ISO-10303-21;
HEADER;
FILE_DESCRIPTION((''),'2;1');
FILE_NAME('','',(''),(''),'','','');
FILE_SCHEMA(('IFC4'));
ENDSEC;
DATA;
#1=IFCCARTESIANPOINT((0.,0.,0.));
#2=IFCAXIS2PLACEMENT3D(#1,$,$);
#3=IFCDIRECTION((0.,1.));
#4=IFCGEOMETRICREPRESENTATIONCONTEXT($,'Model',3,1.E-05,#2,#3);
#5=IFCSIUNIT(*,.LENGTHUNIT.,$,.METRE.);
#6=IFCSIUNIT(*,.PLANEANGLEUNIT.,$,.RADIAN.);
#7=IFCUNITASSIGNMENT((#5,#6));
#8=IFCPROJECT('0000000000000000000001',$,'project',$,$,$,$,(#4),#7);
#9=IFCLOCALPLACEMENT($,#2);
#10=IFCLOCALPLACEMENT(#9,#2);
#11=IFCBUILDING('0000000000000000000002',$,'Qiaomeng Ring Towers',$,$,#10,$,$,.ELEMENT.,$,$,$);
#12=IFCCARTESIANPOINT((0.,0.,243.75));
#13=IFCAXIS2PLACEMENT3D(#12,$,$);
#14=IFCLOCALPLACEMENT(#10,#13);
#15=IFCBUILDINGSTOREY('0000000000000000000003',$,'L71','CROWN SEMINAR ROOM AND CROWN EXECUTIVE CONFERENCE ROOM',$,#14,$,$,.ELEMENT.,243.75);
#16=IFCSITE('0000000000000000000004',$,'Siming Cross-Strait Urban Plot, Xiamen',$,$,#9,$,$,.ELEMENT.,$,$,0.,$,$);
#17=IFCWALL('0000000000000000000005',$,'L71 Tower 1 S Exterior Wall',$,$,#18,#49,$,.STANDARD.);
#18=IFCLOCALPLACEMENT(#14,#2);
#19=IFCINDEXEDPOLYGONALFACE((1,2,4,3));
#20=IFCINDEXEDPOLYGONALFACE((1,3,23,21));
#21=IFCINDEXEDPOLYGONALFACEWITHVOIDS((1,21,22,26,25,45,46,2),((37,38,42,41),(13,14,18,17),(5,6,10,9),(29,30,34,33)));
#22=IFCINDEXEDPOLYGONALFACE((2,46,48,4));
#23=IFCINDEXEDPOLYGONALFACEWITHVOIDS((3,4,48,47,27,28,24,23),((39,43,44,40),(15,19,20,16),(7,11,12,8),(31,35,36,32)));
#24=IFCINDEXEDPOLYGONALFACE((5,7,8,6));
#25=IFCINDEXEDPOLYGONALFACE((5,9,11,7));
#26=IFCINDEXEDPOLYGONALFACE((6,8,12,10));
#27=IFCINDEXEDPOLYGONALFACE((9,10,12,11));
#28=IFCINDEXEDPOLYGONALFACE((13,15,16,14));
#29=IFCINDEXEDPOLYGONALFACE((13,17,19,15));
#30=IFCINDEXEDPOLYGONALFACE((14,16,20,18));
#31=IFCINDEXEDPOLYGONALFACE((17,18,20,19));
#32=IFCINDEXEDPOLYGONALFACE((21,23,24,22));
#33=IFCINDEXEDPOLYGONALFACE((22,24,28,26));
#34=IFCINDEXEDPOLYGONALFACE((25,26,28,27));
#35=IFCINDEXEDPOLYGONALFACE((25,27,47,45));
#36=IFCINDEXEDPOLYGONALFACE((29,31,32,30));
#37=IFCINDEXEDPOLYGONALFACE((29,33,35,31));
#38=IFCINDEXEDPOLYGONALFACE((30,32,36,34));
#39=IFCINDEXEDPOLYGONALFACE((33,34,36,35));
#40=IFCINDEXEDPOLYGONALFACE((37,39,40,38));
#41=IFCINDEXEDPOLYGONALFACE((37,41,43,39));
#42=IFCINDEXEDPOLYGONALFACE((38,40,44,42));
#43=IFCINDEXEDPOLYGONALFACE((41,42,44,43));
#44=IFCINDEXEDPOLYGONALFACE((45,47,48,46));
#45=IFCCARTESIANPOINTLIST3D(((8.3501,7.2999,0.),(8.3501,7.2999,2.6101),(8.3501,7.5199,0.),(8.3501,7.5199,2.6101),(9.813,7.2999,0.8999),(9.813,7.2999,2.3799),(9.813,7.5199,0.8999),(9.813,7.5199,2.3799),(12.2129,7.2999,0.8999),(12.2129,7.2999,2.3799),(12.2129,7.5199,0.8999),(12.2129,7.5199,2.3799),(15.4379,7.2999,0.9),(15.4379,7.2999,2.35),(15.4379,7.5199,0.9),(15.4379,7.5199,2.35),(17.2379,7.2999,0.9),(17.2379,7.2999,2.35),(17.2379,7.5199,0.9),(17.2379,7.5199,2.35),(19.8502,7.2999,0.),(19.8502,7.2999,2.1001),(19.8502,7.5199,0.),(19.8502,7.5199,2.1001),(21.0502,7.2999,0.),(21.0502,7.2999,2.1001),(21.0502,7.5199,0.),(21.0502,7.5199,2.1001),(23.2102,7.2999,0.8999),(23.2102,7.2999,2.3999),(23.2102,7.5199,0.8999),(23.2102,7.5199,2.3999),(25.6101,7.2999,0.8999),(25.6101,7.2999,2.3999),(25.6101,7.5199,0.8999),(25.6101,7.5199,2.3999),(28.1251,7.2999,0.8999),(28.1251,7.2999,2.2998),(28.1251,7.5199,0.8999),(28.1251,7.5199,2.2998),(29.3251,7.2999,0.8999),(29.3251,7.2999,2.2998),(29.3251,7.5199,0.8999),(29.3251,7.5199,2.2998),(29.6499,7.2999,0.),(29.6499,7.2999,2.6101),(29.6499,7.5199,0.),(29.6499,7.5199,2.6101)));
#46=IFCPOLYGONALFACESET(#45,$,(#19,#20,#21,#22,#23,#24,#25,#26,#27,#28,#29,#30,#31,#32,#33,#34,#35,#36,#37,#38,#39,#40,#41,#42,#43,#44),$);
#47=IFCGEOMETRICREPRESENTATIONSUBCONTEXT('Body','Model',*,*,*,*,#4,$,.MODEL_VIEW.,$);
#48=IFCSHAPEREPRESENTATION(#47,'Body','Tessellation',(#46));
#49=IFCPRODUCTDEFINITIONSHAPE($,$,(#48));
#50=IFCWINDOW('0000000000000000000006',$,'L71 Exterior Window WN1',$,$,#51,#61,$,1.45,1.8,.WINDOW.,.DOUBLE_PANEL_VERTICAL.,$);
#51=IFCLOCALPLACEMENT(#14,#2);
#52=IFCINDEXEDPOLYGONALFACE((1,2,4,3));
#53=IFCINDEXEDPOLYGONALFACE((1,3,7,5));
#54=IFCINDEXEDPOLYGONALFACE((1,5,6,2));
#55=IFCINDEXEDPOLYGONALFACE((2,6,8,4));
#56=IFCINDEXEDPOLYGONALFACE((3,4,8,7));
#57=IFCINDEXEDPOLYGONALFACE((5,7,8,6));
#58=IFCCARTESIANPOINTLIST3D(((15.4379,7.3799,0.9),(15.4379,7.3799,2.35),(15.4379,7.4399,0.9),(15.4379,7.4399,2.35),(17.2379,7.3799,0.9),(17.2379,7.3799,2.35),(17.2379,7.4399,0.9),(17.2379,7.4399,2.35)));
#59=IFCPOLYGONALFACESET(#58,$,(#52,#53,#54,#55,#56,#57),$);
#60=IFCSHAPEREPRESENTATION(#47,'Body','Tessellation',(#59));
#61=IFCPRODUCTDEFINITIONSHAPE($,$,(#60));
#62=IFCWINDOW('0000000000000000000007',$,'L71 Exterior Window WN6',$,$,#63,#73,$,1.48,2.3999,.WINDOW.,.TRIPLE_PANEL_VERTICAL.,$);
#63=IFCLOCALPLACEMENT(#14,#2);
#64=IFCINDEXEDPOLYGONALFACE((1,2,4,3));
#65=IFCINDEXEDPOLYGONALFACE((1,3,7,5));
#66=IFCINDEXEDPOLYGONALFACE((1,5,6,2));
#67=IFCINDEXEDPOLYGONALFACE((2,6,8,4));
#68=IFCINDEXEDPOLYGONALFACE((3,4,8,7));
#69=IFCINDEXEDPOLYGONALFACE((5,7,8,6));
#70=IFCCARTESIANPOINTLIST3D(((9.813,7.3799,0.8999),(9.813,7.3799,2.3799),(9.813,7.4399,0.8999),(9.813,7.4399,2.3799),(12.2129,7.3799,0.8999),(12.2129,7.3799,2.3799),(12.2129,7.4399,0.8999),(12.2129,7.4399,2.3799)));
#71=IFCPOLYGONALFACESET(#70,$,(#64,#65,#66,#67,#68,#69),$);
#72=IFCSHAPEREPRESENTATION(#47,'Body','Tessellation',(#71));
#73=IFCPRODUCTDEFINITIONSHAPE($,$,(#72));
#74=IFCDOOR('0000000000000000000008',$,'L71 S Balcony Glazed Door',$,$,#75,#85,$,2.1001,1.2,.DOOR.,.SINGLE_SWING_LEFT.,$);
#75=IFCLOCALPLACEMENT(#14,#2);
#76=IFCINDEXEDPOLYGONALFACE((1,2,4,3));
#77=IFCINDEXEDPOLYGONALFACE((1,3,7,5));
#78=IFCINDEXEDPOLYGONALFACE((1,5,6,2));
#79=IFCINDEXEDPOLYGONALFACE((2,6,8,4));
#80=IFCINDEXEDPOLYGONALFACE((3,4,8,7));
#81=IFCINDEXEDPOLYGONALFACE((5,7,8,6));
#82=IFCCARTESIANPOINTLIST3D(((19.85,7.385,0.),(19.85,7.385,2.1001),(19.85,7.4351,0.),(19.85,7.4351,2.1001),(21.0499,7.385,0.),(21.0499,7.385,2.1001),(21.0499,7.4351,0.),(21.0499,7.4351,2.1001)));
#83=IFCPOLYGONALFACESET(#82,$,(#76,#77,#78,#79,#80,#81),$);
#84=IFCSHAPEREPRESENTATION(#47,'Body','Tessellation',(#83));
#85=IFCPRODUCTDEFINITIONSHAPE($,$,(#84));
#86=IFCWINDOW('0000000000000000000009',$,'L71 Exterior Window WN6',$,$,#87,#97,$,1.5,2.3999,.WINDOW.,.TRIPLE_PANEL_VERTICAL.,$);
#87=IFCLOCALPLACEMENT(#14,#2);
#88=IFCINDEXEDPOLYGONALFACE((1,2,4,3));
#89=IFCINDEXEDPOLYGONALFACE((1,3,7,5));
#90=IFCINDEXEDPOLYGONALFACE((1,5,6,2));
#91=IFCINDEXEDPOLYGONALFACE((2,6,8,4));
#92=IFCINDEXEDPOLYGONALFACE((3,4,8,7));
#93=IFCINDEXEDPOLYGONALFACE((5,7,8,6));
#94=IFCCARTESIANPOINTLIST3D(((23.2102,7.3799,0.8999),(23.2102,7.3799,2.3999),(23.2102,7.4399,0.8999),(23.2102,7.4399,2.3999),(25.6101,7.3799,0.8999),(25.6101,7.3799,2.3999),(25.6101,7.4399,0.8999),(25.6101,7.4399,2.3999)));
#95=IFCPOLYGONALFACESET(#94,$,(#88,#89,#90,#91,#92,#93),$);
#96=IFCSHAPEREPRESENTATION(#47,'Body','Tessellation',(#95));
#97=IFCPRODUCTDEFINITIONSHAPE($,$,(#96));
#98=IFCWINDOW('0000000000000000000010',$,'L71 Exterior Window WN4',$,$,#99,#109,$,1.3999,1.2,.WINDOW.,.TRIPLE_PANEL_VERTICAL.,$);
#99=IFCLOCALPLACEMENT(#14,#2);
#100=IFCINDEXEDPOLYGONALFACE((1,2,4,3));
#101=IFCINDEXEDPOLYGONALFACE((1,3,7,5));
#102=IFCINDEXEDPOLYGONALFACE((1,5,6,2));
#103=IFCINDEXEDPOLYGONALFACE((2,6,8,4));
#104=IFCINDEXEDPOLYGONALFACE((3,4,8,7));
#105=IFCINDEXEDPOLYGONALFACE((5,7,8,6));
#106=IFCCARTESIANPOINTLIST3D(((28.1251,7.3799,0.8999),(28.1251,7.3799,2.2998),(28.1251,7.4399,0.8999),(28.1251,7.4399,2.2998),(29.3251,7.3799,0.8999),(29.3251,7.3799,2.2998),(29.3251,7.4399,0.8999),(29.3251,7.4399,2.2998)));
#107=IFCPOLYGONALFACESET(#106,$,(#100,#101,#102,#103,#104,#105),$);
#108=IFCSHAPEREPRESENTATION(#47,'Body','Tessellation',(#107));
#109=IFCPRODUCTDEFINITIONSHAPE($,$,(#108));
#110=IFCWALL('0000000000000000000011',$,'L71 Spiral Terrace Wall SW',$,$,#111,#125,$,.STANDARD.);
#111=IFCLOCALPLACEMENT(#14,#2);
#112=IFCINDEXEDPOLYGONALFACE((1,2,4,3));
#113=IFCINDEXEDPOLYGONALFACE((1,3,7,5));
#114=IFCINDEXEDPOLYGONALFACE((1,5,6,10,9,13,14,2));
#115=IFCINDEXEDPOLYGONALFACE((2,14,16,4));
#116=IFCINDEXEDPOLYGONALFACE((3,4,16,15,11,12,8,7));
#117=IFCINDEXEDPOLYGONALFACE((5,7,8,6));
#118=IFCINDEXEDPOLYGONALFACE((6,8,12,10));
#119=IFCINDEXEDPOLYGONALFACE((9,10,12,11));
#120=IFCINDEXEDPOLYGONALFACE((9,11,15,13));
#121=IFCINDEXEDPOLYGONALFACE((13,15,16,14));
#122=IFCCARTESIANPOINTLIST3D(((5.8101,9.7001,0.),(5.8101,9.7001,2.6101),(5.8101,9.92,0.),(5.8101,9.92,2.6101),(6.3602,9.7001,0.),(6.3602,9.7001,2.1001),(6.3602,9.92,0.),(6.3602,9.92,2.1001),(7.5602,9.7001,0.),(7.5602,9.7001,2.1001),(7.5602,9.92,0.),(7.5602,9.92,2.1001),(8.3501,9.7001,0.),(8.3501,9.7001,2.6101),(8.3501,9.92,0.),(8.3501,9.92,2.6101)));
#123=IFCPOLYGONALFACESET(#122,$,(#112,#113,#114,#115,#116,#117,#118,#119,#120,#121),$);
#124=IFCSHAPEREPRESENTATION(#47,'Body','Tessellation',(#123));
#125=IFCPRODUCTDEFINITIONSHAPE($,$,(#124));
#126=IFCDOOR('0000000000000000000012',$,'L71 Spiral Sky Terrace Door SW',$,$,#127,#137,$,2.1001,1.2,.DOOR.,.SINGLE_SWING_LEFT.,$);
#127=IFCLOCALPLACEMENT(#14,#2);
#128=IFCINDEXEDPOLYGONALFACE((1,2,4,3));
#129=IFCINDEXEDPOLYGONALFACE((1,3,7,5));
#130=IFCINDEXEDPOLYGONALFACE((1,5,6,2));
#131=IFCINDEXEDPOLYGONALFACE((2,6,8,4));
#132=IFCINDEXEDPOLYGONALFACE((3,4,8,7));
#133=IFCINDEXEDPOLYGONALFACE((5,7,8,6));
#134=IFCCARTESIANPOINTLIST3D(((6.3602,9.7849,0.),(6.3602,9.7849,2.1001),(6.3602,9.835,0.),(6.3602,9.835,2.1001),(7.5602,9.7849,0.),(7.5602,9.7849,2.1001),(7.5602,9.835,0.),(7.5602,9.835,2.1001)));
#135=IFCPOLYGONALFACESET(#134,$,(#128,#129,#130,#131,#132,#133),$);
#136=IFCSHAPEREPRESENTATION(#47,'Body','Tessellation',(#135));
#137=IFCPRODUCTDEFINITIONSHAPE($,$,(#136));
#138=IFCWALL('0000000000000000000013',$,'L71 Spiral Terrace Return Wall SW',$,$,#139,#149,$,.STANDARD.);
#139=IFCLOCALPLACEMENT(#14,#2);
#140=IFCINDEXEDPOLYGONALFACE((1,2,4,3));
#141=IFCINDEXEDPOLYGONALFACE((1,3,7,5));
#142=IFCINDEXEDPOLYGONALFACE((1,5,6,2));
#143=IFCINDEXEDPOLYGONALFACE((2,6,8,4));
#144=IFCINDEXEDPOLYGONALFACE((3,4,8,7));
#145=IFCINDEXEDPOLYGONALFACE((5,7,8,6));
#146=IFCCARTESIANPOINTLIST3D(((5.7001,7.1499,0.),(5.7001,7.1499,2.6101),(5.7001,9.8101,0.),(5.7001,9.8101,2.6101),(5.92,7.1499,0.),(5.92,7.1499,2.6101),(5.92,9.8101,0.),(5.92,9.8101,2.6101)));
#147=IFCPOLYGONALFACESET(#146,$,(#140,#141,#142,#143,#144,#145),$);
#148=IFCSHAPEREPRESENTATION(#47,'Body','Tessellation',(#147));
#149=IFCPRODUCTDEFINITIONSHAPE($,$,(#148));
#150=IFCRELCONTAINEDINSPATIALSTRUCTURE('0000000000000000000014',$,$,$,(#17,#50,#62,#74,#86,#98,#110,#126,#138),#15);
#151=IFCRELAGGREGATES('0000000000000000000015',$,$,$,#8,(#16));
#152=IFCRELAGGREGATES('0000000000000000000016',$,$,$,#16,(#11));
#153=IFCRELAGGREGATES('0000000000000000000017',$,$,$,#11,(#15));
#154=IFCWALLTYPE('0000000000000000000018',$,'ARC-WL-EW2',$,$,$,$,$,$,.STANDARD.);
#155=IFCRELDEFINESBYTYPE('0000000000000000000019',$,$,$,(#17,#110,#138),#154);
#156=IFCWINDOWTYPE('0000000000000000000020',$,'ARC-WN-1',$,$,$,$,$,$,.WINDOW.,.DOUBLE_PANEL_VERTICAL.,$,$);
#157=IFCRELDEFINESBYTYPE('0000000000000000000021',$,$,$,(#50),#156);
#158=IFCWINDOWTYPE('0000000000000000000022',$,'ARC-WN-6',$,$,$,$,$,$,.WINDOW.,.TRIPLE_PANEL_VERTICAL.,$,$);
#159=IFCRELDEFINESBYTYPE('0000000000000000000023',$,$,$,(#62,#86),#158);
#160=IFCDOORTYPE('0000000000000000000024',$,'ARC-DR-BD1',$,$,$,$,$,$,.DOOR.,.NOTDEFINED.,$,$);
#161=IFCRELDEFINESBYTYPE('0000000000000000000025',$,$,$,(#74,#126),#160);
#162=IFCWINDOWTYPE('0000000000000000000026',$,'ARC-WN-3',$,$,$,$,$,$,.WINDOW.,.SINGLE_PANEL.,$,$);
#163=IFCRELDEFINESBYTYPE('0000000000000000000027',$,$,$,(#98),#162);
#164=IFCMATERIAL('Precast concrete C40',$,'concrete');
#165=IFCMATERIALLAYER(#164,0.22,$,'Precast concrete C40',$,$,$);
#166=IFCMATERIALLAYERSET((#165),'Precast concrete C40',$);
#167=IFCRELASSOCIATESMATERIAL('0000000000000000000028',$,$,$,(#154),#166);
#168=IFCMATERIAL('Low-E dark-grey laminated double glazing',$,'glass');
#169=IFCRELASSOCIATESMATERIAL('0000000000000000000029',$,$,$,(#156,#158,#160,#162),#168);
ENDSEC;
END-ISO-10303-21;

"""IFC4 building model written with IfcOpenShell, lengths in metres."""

from ifc_helpers import new_model, si_unit, direction, frame, frame_2d, origin, place, context, subcontext, project, spatial, rectangle, extrude, source, transform, mapped, material, layer, layer_set, type_object, element, fill, save


model = new_model("IFC4")

# Units and contexts
model_context = context("Model", 3, precision=1e-05, world=origin(), true_north=direction((0.0, 1.0)))
body_context = subcontext(model_context, "Body", "Model", "MODEL_VIEW")
ifc_project = project(units=[si_unit("LENGTHUNIT", "METRE"), si_unit("PLANEANGLEUNIT", "RADIAN")], contexts=[model_context])

# Site, building, storey
site_placement = place(None, origin())
site = spatial("IfcSite", under=ifc_project, at=site_placement, Name="Siming Cross-Strait Urban Plot, Xiamen", CompositionType="ELEMENT", RefElevation=0.0)
building_placement = place(site_placement, origin())
building = spatial("IfcBuilding", under=site, at=building_placement, Name="Qiaomeng Ring Towers", CompositionType="ELEMENT")
storey_placement = place(building_placement, frame((0.0, 0.0, 243.75)))
storey = spatial("IfcBuildingStorey", under=building, at=storey_placement, Name="L71", Description="CROWN SEMINAR ROOM AND CROWN EXECUTIVE CONFERENCE ROOM", CompositionType="ELEMENT", Elevation=243.75)

# Wall, openings, windows, door
ifc_material_1 = material(Name="Precast concrete C40", Category="concrete")
ifc_layer_1 = layer(ifc_material_1, 0.22, Name="Precast concrete C40")
ifc_layer_set_1 = layer_set([ifc_layer_1], Name="Precast concrete C40")
wall_type_1 = type_object("IfcWallType", Name="ARC-WL-EW2", PredefinedType="STANDARD", material=ifc_layer_set_1)
wall_1_placement = place(storey_placement, frame((8.3501, 7.4099, 0.0), z_axis=(0.0, 0.0, 1.0), x_axis=(1.0, 0.0, 0.0)))
wall_1 = element("IfcWall", 1, at=wall_1_placement, inside=storey, type_object=wall_type_1, Name="L71 Tower 1 S Exterior Wall", PredefinedType="STANDARD", context=body_context, shape_type="SweptSolid", body=[
    extrude(rectangle(XDim=21.2998, YDim=0.22, at=frame_2d((10.6499, 0.0))), origin(), (0.0, 0.0, 1.0), 2.6101),
])
opening_1_placement = place(wall_1_placement, frame((11.5, 0.0, 0.0)))
opening_1 = element("IfcOpeningElement", 2, at=opening_1_placement, cuts=wall_1, PredefinedType="OPENING", context=body_context, shape_type="SweptSolid", body=[
    extrude(rectangle(XDim=1.2, YDim=2.1001, at=frame_2d((0.6001, 1.05))), frame((0.0, 0.1199, 0.0), z_axis=(0.0, -1.0, 0.0), x_axis=(1.0, 0.0, 0.0)), (0.0, 0.0, 1.0), 0.24),
])
opening_2_placement = place(wall_1_placement, frame((1.4629, 0.0, 0.8999)))
opening_2 = element("IfcOpeningElement", 3, at=opening_2_placement, cuts=wall_1, PredefinedType="OPENING", context=body_context, shape_type="SweptSolid", body=[
    extrude(rectangle(XDim=2.3999, YDim=1.48, at=frame_2d((1.2, 0.74))), frame((0.0, 0.1199, 0.0), z_axis=(0.0, -1.0, 0.0), x_axis=(1.0, 0.0, 0.0)), (0.0, 0.0, 1.0), 0.24),
])
opening_3_placement = place(wall_1_placement, frame((7.0879, 0.0, 0.8999)))
opening_3 = element("IfcOpeningElement", 4, at=opening_3_placement, cuts=wall_1, PredefinedType="OPENING", context=body_context, shape_type="SweptSolid", body=[
    extrude(rectangle(XDim=1.8, YDim=1.45, at=frame_2d((0.8999, 0.7251))), frame((0.0, 0.1199, 0.0), z_axis=(0.0, -1.0, 0.0), x_axis=(1.0, 0.0, 0.0)), (0.0, 0.0, 1.0), 0.24),
])
opening_4_placement = place(wall_1_placement, frame((19.7749, 0.0, 0.8999)))
opening_4 = element("IfcOpeningElement", 5, at=opening_4_placement, cuts=wall_1, PredefinedType="OPENING", context=body_context, shape_type="SweptSolid", body=[
    extrude(rectangle(XDim=1.2, YDim=1.3999, at=frame_2d((0.6001, 0.7))), frame((0.0, 0.1199, 0.0), z_axis=(0.0, -1.0, 0.0), x_axis=(1.0, 0.0, 0.0)), (0.0, 0.0, 1.0), 0.24),
])
opening_5_placement = place(wall_1_placement, frame((14.8601, 0.0, 0.8999)))
opening_5 = element("IfcOpeningElement", 6, at=opening_5_placement, cuts=wall_1, PredefinedType="OPENING", context=body_context, shape_type="SweptSolid", body=[
    extrude(rectangle(XDim=2.3999, YDim=1.5, at=frame_2d((1.2, 0.75))), frame((0.0, 0.1199, 0.0), z_axis=(0.0, -1.0, 0.0), x_axis=(1.0, 0.0, 0.0)), (0.0, 0.0, 1.0), 0.24),
])
ifc_material_2 = material(Name="Low-E dark-grey laminated double glazing", Category="glass")
window_type_1 = type_object("IfcWindowType", Name="ARC-WN-1", PartitioningType="DOUBLE_PANEL_VERTICAL", PredefinedType="WINDOW", material=ifc_material_2)
shared_shape_1 = source(origin(), body_context, "Body", "SweptSolid", [
    extrude(rectangle(XDim=1.8, YDim=1.45, at=frame_2d((0.8999, 0.7251))), frame((0.0, 0.03, 0.0), z_axis=(0.0, -1.0, 0.0), x_axis=(1.0, 0.0, 0.0)), (0.0, 0.0, 1.0), 0.0601),
])
window_1_placement = place(opening_3_placement, origin())
window_1 = element("IfcWindow", 7, at=window_1_placement, inside=storey, type_object=window_type_1, Name="L71 Exterior Window WN1", OverallHeight=1.45, OverallWidth=1.8, PartitioningType="DOUBLE_PANEL_VERTICAL", PredefinedType="WINDOW", context=body_context, shape_type="MappedRepresentation", body=[
    mapped(shared_shape_1, transform((0.0, 0.0, 0.0), x_axis=(1.0, 0.0, 0.0), y_axis=(0.0, 1.0, 0.0), z_axis=(0.0, 0.0, 1.0), scale=1.0)),
])
fill(opening_3, window_1)
window_type_2 = type_object("IfcWindowType", Name="ARC-WN-6", PartitioningType="TRIPLE_PANEL_VERTICAL", PredefinedType="WINDOW", material=ifc_material_2)
shared_shape_2 = source(origin(), body_context, "Body", "SweptSolid", [
    extrude(rectangle(XDim=2.3999, YDim=1.48, at=frame_2d((1.2, 0.74))), frame((0.0, 0.03, 0.0), z_axis=(0.0, -1.0, 0.0), x_axis=(1.0, 0.0, 0.0)), (0.0, 0.0, 1.0), 0.0601),
])
window_2_placement = place(opening_2_placement, origin())
window_2 = element("IfcWindow", 8, at=window_2_placement, inside=storey, type_object=window_type_2, Name="L71 Exterior Window WN6", OverallHeight=1.48, OverallWidth=2.3999, PartitioningType="TRIPLE_PANEL_VERTICAL", PredefinedType="WINDOW", context=body_context, shape_type="MappedRepresentation", body=[
    mapped(shared_shape_2, transform((0.0, 0.0, 0.0), x_axis=(1.0, 0.0, 0.0), y_axis=(0.0, 1.0, 0.0), z_axis=(0.0, 0.0, 1.0), scale=1.0)),
])
fill(opening_2, window_2)
door_type_1 = type_object("IfcDoorType", Name="ARC-DR-BD1", OperationType="NOTDEFINED", PredefinedType="DOOR", material=ifc_material_2)
shared_shape_3 = source(origin(), body_context, "Body", "SweptSolid", [
    extrude(rectangle(XDim=1.2, YDim=2.1001, at=frame_2d((0.6001, 1.05))), frame((0.0, 0.0249, 0.0), z_axis=(0.0, -1.0, 0.0), x_axis=(1.0, 0.0, 0.0)), (0.0, 0.0, 1.0), 0.05),
])
door_1_placement = place(opening_1_placement, frame((1.2, 0.0, 0.0), z_axis=(0.0, 0.0, 1.0), x_axis=(-1.0, 0.0, 0.0)))
door_1 = element("IfcDoor", 9, at=door_1_placement, inside=storey, type_object=door_type_1, Name="L71 S Balcony Glazed Door", OperationType="SINGLE_SWING_LEFT", OverallHeight=2.1001, OverallWidth=1.2, PredefinedType="DOOR", context=body_context, shape_type="MappedRepresentation", body=[
    mapped(shared_shape_3, transform((0.0, 0.0, 0.0), x_axis=(1.0, 0.0, 0.0), y_axis=(0.0, 1.0, 0.0), z_axis=(0.0, 0.0, 1.0), scale=1.0)),
])
fill(opening_1, door_1)
shared_shape_4 = source(origin(), body_context, "Body", "SweptSolid", [
    extrude(rectangle(XDim=2.3999, YDim=1.5, at=frame_2d((1.2, 0.75))), frame((0.0, 0.03, 0.0), z_axis=(0.0, -1.0, 0.0), x_axis=(1.0, 0.0, 0.0)), (0.0, 0.0, 1.0), 0.0601),
])
window_3_placement = place(opening_5_placement, origin())
window_3 = element("IfcWindow", 10, at=window_3_placement, inside=storey, type_object=window_type_2, Name="L71 Exterior Window WN6", OverallHeight=1.5, OverallWidth=2.3999, PartitioningType="TRIPLE_PANEL_VERTICAL", PredefinedType="WINDOW", context=body_context, shape_type="MappedRepresentation", body=[
    mapped(shared_shape_4, transform((0.0, 0.0, 0.0), x_axis=(1.0, 0.0, 0.0), y_axis=(0.0, 1.0, 0.0), z_axis=(0.0, 0.0, 1.0), scale=1.0)),
])
fill(opening_5, window_3)
window_type_3 = type_object("IfcWindowType", Name="ARC-WN-3", PartitioningType="SINGLE_PANEL", PredefinedType="WINDOW", material=ifc_material_2)
shared_shape_5 = source(origin(), body_context, "Body", "SweptSolid", [
    extrude(rectangle(XDim=1.2, YDim=1.3999, at=frame_2d((0.6001, 0.7))), frame((0.0, 0.03, 0.0), z_axis=(0.0, -1.0, 0.0), x_axis=(1.0, 0.0, 0.0)), (0.0, 0.0, 1.0), 0.0601),
])
window_4_placement = place(opening_4_placement, origin())
window_4 = element("IfcWindow", 11, at=window_4_placement, inside=storey, type_object=window_type_3, Name="L71 Exterior Window WN4", OverallHeight=1.3999, OverallWidth=1.2, PartitioningType="TRIPLE_PANEL_VERTICAL", PredefinedType="WINDOW", context=body_context, shape_type="MappedRepresentation", body=[
    mapped(shared_shape_5, transform((0.0, 0.0, 0.0), x_axis=(1.0, 0.0, 0.0), y_axis=(0.0, 1.0, 0.0), z_axis=(0.0, 0.0, 1.0), scale=1.0)),
])
fill(opening_4, window_4)

# Wall, opening, door
wall_2_placement = place(storey_placement, frame((5.8101, 9.8101, 0.0), z_axis=(0.0, 0.0, 1.0), x_axis=(1.0, 0.0, 0.0)))
wall_2 = element("IfcWall", 12, at=wall_2_placement, inside=storey, type_object=wall_type_1, Name="L71 Spiral Terrace Wall SW", PredefinedType="STANDARD", context=body_context, shape_type="SweptSolid", body=[
    extrude(rectangle(XDim=2.54, YDim=0.22, at=frame_2d((1.27, 0.0))), origin(), (0.0, 0.0, 1.0), 2.6101),
])
opening_6_placement = place(wall_2_placement, frame((0.55, 0.0, 0.0)))
opening_6 = element("IfcOpeningElement", 13, at=opening_6_placement, cuts=wall_2, PredefinedType="OPENING", context=body_context, shape_type="SweptSolid", body=[
    extrude(rectangle(XDim=1.2, YDim=2.1001, at=frame_2d((0.6001, 1.05))), frame((0.0, 0.1199, 0.0), z_axis=(0.0, -1.0, 0.0), x_axis=(1.0, 0.0, 0.0)), (0.0, 0.0, 1.0), 0.24),
])
door_2_placement = place(opening_6_placement, origin())
door_2 = element("IfcDoor", 14, at=door_2_placement, inside=storey, type_object=door_type_1, Name="L71 Spiral Sky Terrace Door SW", OperationType="SINGLE_SWING_LEFT", OverallHeight=2.1001, OverallWidth=1.2, PredefinedType="DOOR", context=body_context, shape_type="MappedRepresentation", body=[
    mapped(shared_shape_3, transform((0.0, 0.0, 0.0), x_axis=(1.0, 0.0, 0.0), y_axis=(0.0, 1.0, 0.0), z_axis=(0.0, 0.0, 1.0), scale=1.0)),
])
fill(opening_6, door_2)

# Wall
wall_3_placement = place(storey_placement, frame((5.8101, 7.1499, 0.0), z_axis=(0.0, 0.0, 1.0), x_axis=(0.0, 1.0, 0.0)))
element("IfcWall", 15, at=wall_3_placement, inside=storey, type_object=wall_type_1, Name="L71 Spiral Terrace Return Wall SW", PredefinedType="STANDARD", context=body_context, shape_type="SweptSolid", body=[
    extrude(rectangle(XDim=2.6602, YDim=0.22, at=frame_2d((1.3301, 0.0))), origin(), (0.0, 0.0, 1.0), 2.6101),
])

save(model, "model.ifc")
